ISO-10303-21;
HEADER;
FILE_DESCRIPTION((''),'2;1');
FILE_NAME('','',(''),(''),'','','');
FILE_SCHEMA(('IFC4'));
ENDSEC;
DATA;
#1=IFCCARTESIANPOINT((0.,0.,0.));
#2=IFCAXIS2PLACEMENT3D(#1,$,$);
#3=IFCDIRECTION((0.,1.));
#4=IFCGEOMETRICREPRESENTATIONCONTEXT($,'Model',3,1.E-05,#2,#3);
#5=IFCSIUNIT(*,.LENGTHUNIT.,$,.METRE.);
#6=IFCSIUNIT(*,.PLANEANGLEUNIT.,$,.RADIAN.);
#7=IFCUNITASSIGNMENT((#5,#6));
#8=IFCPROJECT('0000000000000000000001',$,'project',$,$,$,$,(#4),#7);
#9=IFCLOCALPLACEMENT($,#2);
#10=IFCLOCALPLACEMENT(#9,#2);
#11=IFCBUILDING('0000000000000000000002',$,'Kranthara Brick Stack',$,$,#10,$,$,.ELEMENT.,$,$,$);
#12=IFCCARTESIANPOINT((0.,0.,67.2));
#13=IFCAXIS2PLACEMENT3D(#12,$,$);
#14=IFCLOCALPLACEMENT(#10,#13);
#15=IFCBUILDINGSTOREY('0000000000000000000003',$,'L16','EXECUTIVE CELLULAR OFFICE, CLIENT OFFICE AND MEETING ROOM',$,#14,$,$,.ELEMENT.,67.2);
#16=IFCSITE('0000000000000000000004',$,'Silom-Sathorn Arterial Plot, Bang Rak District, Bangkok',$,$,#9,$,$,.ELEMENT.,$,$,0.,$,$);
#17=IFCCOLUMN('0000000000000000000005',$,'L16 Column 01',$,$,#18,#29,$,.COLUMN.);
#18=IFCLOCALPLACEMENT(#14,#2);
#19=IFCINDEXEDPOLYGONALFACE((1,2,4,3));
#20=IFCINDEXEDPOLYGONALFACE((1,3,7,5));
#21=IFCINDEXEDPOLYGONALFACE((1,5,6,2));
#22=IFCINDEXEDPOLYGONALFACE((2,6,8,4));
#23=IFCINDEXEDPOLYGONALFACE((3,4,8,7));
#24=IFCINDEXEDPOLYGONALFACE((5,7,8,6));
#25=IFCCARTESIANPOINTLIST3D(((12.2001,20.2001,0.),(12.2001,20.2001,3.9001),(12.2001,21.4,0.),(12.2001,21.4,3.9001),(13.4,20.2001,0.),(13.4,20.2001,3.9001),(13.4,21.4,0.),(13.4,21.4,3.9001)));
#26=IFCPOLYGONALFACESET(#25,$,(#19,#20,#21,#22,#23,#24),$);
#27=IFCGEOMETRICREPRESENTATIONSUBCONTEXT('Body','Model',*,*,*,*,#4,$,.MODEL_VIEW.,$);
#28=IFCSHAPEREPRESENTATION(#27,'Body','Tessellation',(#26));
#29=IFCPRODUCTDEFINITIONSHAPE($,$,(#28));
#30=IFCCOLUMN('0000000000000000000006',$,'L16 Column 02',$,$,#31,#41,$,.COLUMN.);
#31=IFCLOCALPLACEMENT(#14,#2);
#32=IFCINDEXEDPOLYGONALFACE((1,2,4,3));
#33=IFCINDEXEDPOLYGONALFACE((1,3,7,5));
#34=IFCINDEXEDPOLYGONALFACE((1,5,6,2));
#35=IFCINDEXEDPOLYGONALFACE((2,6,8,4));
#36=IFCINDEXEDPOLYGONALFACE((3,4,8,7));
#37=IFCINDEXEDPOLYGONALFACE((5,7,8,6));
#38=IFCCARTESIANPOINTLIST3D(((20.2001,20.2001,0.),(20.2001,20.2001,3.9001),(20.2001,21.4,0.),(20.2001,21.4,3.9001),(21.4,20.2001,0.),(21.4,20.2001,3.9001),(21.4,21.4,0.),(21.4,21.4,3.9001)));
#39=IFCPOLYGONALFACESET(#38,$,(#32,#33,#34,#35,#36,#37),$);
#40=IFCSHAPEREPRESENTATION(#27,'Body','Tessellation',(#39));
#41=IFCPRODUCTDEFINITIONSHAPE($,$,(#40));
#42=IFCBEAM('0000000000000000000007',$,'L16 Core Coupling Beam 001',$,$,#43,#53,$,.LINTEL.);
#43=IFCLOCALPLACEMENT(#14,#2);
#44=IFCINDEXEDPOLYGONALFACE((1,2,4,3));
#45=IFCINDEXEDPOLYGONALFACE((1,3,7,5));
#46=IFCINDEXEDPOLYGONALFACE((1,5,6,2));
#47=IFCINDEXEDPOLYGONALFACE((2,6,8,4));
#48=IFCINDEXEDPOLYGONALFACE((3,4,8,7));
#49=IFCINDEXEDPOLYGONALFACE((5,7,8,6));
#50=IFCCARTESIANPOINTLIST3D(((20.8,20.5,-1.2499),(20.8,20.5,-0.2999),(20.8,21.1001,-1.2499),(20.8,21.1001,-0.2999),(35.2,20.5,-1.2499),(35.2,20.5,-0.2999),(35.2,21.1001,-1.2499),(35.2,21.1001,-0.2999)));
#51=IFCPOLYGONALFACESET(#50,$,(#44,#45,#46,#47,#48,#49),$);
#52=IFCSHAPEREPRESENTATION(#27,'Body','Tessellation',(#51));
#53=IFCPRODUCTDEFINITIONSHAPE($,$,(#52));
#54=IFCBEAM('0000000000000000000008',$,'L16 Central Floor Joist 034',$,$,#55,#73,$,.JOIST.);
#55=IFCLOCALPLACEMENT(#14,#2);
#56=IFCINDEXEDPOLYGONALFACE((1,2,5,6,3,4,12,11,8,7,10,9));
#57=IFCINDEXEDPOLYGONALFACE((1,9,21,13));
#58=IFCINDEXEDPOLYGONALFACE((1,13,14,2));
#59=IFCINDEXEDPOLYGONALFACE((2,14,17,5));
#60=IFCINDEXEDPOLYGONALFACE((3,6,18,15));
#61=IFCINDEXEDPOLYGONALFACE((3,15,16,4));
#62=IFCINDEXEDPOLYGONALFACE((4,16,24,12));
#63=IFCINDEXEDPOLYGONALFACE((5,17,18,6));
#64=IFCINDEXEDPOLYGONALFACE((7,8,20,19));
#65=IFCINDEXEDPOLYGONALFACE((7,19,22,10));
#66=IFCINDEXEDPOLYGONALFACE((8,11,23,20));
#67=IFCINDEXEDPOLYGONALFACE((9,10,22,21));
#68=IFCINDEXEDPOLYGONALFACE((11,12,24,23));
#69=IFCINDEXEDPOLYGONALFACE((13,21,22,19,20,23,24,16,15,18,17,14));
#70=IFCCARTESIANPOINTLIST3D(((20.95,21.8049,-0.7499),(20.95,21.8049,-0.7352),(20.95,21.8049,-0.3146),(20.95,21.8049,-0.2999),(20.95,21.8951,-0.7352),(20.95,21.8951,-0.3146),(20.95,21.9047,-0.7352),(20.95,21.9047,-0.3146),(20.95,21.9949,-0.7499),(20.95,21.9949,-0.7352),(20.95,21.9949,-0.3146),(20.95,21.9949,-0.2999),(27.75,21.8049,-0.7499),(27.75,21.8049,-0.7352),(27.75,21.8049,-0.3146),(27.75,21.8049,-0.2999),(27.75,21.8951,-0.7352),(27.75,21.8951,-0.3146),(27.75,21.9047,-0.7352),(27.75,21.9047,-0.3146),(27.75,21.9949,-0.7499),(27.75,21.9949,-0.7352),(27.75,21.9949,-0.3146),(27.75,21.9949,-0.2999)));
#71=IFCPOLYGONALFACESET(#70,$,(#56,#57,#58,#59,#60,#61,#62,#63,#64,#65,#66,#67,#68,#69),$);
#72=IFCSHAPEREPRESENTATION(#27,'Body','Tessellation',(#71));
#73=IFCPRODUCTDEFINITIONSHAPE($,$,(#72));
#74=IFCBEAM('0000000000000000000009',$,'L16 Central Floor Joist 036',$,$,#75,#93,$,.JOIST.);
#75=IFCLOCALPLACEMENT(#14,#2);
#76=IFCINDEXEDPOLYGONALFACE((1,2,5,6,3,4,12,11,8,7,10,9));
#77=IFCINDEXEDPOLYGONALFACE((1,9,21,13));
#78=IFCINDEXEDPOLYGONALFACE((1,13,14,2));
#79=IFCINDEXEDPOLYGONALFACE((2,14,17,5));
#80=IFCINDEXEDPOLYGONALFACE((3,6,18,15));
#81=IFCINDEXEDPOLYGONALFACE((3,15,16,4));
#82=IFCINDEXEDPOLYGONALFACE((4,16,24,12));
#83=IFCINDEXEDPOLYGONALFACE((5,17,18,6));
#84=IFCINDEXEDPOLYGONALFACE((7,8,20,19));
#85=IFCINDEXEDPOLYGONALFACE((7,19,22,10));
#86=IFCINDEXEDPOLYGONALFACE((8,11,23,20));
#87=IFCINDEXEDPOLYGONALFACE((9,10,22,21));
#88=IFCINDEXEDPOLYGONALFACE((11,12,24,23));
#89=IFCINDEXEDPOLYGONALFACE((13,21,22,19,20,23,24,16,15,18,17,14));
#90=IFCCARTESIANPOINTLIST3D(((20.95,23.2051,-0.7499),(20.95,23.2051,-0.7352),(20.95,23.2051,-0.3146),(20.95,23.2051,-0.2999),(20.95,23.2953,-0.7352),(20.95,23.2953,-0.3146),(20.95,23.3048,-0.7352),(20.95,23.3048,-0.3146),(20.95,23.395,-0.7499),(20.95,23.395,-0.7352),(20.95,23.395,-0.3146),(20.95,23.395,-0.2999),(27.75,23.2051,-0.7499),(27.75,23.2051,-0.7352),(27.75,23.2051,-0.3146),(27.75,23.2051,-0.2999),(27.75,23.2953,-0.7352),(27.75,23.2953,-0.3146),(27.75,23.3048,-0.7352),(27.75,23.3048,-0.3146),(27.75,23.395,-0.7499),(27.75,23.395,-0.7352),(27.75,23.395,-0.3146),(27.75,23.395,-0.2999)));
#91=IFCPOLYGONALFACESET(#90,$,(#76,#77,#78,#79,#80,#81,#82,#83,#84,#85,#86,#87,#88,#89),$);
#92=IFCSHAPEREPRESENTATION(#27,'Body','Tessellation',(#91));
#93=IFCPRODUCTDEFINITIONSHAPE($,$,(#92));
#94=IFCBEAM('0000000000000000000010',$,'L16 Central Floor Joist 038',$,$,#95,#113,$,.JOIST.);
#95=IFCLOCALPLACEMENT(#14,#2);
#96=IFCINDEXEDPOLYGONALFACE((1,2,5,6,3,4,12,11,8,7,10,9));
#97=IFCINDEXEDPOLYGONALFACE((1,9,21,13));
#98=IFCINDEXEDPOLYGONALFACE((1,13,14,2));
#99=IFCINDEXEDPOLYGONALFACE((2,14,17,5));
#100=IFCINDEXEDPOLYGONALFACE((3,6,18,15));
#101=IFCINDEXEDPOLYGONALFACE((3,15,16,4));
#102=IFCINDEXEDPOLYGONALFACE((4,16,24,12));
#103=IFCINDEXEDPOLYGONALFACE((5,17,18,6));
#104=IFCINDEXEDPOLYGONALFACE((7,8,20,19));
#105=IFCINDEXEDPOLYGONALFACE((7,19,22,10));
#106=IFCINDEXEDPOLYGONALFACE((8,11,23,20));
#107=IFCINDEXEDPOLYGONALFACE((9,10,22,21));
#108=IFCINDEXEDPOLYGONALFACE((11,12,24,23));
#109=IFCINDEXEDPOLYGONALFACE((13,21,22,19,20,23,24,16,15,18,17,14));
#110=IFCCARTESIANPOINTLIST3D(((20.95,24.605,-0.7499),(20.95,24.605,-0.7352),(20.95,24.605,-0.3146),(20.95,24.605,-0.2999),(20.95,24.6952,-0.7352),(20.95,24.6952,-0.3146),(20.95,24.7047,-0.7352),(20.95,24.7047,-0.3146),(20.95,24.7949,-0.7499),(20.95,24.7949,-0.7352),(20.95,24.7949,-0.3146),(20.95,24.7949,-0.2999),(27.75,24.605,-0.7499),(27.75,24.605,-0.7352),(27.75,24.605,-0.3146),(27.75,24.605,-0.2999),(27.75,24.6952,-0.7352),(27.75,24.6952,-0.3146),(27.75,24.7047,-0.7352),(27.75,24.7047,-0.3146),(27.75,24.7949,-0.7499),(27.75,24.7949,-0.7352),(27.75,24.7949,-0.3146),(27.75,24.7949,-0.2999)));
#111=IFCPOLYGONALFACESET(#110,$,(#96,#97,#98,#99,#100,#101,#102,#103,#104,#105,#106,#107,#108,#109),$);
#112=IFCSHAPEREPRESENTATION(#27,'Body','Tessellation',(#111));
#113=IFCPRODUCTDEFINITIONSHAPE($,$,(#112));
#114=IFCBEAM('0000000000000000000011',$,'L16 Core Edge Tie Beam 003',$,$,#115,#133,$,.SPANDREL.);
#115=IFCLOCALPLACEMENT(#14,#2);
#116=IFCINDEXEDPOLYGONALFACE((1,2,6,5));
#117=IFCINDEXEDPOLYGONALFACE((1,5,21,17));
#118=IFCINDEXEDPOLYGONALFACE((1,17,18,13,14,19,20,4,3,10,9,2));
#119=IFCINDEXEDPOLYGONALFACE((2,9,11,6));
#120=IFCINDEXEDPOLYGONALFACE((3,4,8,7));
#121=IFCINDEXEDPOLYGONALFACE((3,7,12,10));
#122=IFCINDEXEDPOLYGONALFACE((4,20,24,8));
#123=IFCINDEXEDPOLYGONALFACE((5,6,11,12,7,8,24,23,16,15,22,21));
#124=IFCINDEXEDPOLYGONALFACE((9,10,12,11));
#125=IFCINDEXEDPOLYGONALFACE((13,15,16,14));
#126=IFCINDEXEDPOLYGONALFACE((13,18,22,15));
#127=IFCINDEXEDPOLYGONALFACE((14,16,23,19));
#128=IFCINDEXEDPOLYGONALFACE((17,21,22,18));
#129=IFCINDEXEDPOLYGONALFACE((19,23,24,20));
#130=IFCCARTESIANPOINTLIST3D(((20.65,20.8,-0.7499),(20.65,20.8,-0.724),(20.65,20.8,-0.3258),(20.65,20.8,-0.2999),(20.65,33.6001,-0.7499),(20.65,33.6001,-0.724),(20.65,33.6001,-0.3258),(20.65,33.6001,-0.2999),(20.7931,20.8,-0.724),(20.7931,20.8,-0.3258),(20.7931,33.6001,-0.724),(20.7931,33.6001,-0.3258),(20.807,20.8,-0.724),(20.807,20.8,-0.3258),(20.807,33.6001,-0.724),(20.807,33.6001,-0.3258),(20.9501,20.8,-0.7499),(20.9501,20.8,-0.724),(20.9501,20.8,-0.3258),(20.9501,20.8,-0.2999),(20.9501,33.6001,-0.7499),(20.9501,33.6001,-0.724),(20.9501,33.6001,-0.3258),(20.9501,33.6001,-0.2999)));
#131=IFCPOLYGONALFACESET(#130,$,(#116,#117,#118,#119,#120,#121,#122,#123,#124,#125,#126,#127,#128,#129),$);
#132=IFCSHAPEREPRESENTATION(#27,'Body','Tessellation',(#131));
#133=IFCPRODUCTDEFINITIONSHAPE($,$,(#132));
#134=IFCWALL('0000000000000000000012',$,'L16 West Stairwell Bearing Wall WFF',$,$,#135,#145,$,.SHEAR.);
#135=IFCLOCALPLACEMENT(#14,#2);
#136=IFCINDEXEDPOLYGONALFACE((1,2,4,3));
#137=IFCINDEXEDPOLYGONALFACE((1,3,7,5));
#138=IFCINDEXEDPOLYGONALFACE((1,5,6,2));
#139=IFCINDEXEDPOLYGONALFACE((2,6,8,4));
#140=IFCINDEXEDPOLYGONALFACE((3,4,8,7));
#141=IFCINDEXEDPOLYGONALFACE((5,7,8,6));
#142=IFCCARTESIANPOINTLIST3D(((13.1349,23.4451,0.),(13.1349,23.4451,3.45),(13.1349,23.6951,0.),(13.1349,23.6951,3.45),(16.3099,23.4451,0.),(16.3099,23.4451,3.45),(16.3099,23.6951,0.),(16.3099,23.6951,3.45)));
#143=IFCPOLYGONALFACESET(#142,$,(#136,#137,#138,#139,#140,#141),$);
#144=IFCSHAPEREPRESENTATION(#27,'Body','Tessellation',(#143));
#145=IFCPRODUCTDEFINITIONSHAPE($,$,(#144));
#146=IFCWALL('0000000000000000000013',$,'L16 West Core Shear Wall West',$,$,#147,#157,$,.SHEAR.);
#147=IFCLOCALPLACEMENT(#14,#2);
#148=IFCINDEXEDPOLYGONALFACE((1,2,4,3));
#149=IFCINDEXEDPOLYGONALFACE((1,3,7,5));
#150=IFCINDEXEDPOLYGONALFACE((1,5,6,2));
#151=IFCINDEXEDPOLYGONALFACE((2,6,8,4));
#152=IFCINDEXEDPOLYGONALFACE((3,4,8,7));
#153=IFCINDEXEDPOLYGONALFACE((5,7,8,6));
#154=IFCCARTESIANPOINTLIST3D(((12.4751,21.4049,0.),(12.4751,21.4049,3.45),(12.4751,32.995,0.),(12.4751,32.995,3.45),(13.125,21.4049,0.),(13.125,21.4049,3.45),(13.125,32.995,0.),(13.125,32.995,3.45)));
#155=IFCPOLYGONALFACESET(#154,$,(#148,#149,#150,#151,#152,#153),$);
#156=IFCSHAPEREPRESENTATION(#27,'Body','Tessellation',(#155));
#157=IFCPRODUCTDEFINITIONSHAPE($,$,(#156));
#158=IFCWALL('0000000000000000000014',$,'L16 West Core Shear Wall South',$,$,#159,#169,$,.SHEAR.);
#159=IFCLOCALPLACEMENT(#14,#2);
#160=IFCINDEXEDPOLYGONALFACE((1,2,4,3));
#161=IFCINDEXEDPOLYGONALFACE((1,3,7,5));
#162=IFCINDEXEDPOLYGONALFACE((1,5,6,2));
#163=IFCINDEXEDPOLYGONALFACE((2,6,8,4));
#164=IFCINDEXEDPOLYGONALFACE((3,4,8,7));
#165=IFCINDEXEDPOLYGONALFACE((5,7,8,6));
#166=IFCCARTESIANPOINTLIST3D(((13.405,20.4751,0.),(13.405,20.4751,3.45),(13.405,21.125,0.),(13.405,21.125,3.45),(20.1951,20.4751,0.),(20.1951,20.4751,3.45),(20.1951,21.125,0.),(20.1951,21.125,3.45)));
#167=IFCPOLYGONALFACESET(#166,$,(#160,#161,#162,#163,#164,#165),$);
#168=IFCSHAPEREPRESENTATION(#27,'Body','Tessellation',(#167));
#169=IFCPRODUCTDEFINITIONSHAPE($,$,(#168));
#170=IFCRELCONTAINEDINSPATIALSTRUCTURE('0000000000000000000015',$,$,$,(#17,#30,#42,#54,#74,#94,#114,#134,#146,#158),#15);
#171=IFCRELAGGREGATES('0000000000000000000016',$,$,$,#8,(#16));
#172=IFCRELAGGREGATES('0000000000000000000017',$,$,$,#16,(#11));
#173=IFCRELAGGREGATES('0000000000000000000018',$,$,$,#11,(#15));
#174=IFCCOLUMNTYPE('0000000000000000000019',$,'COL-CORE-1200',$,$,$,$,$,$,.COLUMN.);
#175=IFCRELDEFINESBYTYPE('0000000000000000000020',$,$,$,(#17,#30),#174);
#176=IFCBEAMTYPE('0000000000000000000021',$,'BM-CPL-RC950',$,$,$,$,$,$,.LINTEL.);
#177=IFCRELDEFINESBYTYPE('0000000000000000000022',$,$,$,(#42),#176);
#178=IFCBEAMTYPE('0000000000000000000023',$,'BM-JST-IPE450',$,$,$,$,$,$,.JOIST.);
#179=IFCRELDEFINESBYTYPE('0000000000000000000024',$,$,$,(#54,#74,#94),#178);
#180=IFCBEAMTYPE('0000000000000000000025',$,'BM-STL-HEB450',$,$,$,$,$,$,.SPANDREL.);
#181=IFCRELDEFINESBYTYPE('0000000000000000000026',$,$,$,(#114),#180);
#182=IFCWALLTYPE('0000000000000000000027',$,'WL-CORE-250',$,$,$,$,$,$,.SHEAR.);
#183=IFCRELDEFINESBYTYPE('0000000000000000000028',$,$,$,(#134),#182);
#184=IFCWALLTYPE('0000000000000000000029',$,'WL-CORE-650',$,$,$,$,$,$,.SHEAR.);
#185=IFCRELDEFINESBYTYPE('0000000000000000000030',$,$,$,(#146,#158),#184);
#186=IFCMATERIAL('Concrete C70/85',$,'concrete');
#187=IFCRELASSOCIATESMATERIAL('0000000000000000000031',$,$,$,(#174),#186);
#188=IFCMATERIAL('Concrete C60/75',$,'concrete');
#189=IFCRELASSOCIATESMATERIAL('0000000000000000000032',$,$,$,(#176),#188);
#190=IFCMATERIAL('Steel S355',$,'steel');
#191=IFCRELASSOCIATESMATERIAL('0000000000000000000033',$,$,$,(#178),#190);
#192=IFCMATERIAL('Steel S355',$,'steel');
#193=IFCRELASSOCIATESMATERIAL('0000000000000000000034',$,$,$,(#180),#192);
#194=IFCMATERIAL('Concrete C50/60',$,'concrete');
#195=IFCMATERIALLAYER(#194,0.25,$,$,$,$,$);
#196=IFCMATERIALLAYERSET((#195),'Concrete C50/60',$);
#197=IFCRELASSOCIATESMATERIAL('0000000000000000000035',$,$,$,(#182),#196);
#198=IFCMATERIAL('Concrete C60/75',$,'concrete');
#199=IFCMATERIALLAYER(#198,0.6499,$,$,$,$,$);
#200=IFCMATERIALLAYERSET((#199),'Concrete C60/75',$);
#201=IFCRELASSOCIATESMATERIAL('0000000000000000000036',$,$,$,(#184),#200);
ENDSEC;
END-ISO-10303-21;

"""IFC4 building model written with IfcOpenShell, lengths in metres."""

from ifc_helpers import new_model, si_unit, direction, frame, frame_2d, origin, origin_2d, place, context, subcontext, project, spatial, rectangle, i_section, extrude, material, layer, layer_set, material_profile, profile_set, type_object, element, save


model = new_model("IFC4")

# Units and contexts
model_context = context("Model", 3, precision=1e-05, world=origin(), true_north=direction((0.0, 1.0)))
body_context = subcontext(model_context, "Body", "Model", "MODEL_VIEW")
ifc_project = project(units=[si_unit("LENGTHUNIT", "METRE"), si_unit("PLANEANGLEUNIT", "RADIAN")], contexts=[model_context])

# Site, building, storey
site_placement = place(None, origin())
site = spatial("IfcSite", under=ifc_project, at=site_placement, Name="Silom-Sathorn Arterial Plot, Bang Rak District, Bangkok", CompositionType="ELEMENT", RefElevation=0.0)
building_placement = place(site_placement, origin())
building = spatial("IfcBuilding", under=site, at=building_placement, Name="Kranthara Brick Stack", CompositionType="ELEMENT")
storey_placement = place(building_placement, frame((0.0, 0.0, 67.2)))
storey = spatial("IfcBuildingStorey", under=building, at=storey_placement, Name="L16", Description="EXECUTIVE CELLULAR OFFICE, CLIENT OFFICE AND MEETING ROOM", CompositionType="ELEMENT", Elevation=67.2)

# Columns
ifc_material_1 = material(Name="Concrete C70/85", Category="concrete")
ifc_material_profile_1 = material_profile(ifc_material_1, rectangle(XDim=1.2, YDim=1.2, at=origin_2d()), Name="RC 1200x1200")
ifc_profile_set_1 = profile_set([ifc_material_profile_1], Name="Concrete C70/85")
column_type = type_object("IfcColumnType", Name="COL-CORE-1200", PredefinedType="COLUMN", material=ifc_profile_set_1)
for number, where, z_axis, x_axis, name in (
    (1, (12.8, 20.8, 0.0), (0.0, 0.0, 1.0), (1.0, 0.0, 0.0), "L16 Column 01"),
    (2, (20.8, 20.8, 0.0), (0.0, 0.0, 1.0), (1.0, 0.0, 0.0), "L16 Column 02"),
):
    element("IfcColumn", number, at=place(storey_placement, frame(where, z_axis=z_axis, x_axis=x_axis)), inside=storey, type_object=column_type, Name=name, PredefinedType="COLUMN", context=body_context, shape_type="SweptSolid", body=[
        extrude(rectangle(XDim=1.2, YDim=1.2, at=origin_2d()), origin(), (0.0, 0.0, 1.0), 3.9001),
    ])

# Beams
ifc_material_2 = material(Name="Concrete C60/75", Category="concrete")
ifc_material_profile_2 = material_profile(ifc_material_2, rectangle(XDim=0.6001, YDim=0.95, at=origin_2d()), Name="RC 600x950")
ifc_profile_set_2 = profile_set([ifc_material_profile_2], Name="Concrete C60/75")
beam_type_1 = type_object("IfcBeamType", Name="BM-CPL-RC950", PredefinedType="LINTEL", material=ifc_profile_set_2)
beam_1_placement = place(storey_placement, frame((20.8, 20.8, -0.7749), z_axis=(1.0, 0.0, 0.0), x_axis=(0.0, 1.0, 0.0)))
element("IfcBeam", 3, at=beam_1_placement, inside=storey, type_object=beam_type_1, Name="L16 Core Coupling Beam 001", PredefinedType="LINTEL", context=body_context, shape_type="SweptSolid", body=[
    extrude(rectangle(XDim=0.6001, YDim=0.95, at=origin_2d()), origin(), (0.0, 0.0, 1.0), 14.3999),
])
ifc_material_3 = material(Name="Steel S355", Category="steel")
ifc_material_profile_3 = material_profile(ifc_material_3, i_section(OverallWidth=0.1899, OverallDepth=0.45, WebThickness=0.0095, FlangeThickness=0.0146, at=origin_2d()), Name="IPE 450")
ifc_profile_set_3 = profile_set([ifc_material_profile_3], Name="Steel S355")
beam_type_2 = type_object("IfcBeamType", Name="BM-JST-IPE450", PredefinedType="JOIST", material=ifc_profile_set_3)
for number, where, z_axis, x_axis, name in (
    (4, (20.95, 21.8999, -0.5249), (1.0, 0.0, 0.0), (0.0, 1.0, 0.0), "L16 Central Floor Joist 034"),
    (5, (20.95, 23.3, -0.5249), (1.0, 0.0, 0.0), (0.0, 1.0, 0.0), "L16 Central Floor Joist 036"),
    (6, (20.95, 24.7, -0.5249), (1.0, 0.0, 0.0), (0.0, 1.0, 0.0), "L16 Central Floor Joist 038"),
):
    element("IfcBeam", number, at=place(storey_placement, frame(where, z_axis=z_axis, x_axis=x_axis)), inside=storey, type_object=beam_type_2, Name=name, PredefinedType="JOIST", context=body_context, shape_type="SweptSolid", body=[
        extrude(i_section(OverallWidth=0.1899, OverallDepth=0.45, WebThickness=0.0095, FlangeThickness=0.0146, at=origin_2d()), origin(), (0.0, 0.0, 1.0), 6.8),
    ])
ifc_material_4 = material(Name="Steel S355", Category="steel")
ifc_material_profile_4 = material_profile(ifc_material_4, i_section(OverallWidth=0.3, OverallDepth=0.45, WebThickness=0.0139, FlangeThickness=0.0259, at=origin_2d()), Name="HEB 450")
ifc_profile_set_4 = profile_set([ifc_material_profile_4], Name="Steel S355")
beam_type_3 = type_object("IfcBeamType", Name="BM-STL-HEB450", PredefinedType="SPANDREL", material=ifc_profile_set_4)
beam_2_placement = place(storey_placement, frame((20.8, 20.8, -0.5249), z_axis=(0.0, 1.0, 0.0), x_axis=(-1.0, 0.0, 0.0)))
element("IfcBeam", 7, at=beam_2_placement, inside=storey, type_object=beam_type_3, Name="L16 Core Edge Tie Beam 003", PredefinedType="SPANDREL", context=body_context, shape_type="SweptSolid", body=[
    extrude(i_section(OverallWidth=0.3, OverallDepth=0.45, WebThickness=0.0139, FlangeThickness=0.0259, at=origin_2d()), origin(), (0.0, 0.0, 1.0), 12.8),
])

# Shared definitions
ifc_material_5 = material(Name="Concrete C50/60", Category="concrete")
ifc_layer_1 = layer(ifc_material_5, 0.25)
ifc_layer_set_1 = layer_set([ifc_layer_1], Name="Concrete C50/60")
wall_type_1 = type_object("IfcWallType", Name="WL-CORE-250", PredefinedType="SHEAR", material=ifc_layer_set_1)

# Walls
wall_1_placement = place(storey_placement, frame((13.135, 23.5701, 0.0), z_axis=(0.0, 0.0, 1.0), x_axis=(1.0, 0.0, 0.0)))
element("IfcWall", 8, at=wall_1_placement, inside=storey, type_object=wall_type_1, Name="L16 West Stairwell Bearing Wall WFF", PredefinedType="SHEAR", context=body_context, shape_type="SweptSolid", body=[
    extrude(rectangle(XDim=3.175, YDim=0.25, at=frame_2d((1.5874, 0.0))), origin(), (0.0, 0.0, 1.0), 3.45),
])
ifc_material_6 = material(Name="Concrete C60/75", Category="concrete")
ifc_layer_2 = layer(ifc_material_6, 0.6499)
ifc_layer_set_2 = layer_set([ifc_layer_2], Name="Concrete C60/75")
wall_type_2 = type_object("IfcWallType", Name="WL-CORE-650", PredefinedType="SHEAR", material=ifc_layer_set_2)
wall_2_placement = place(storey_placement, frame((12.8, 21.405, 0.0), z_axis=(0.0, 0.0, 1.0), x_axis=(0.0, 1.0, 0.0)))
element("IfcWall", 9, at=wall_2_placement, inside=storey, type_object=wall_type_2, Name="L16 West Core Shear Wall West", PredefinedType="SHEAR", context=body_context, shape_type="SweptSolid", body=[
    extrude(rectangle(XDim=11.5901, YDim=0.6499, at=frame_2d((5.7949, 0.0))), origin(), (0.0, 0.0, 1.0), 3.45),
])
wall_3_placement = place(storey_placement, frame((13.405, 20.8, 0.0), z_axis=(0.0, 0.0, 1.0), x_axis=(1.0, 0.0, 0.0)))
element("IfcWall", 10, at=wall_3_placement, inside=storey, type_object=wall_type_2, Name="L16 West Core Shear Wall South", PredefinedType="SHEAR", context=body_context, shape_type="SweptSolid", body=[
    extrude(rectangle(XDim=6.79, YDim=0.6499, at=frame_2d((3.395, 0.0))), origin(), (0.0, 0.0, 1.0), 3.45),
])

save(model, "model.ifc")
